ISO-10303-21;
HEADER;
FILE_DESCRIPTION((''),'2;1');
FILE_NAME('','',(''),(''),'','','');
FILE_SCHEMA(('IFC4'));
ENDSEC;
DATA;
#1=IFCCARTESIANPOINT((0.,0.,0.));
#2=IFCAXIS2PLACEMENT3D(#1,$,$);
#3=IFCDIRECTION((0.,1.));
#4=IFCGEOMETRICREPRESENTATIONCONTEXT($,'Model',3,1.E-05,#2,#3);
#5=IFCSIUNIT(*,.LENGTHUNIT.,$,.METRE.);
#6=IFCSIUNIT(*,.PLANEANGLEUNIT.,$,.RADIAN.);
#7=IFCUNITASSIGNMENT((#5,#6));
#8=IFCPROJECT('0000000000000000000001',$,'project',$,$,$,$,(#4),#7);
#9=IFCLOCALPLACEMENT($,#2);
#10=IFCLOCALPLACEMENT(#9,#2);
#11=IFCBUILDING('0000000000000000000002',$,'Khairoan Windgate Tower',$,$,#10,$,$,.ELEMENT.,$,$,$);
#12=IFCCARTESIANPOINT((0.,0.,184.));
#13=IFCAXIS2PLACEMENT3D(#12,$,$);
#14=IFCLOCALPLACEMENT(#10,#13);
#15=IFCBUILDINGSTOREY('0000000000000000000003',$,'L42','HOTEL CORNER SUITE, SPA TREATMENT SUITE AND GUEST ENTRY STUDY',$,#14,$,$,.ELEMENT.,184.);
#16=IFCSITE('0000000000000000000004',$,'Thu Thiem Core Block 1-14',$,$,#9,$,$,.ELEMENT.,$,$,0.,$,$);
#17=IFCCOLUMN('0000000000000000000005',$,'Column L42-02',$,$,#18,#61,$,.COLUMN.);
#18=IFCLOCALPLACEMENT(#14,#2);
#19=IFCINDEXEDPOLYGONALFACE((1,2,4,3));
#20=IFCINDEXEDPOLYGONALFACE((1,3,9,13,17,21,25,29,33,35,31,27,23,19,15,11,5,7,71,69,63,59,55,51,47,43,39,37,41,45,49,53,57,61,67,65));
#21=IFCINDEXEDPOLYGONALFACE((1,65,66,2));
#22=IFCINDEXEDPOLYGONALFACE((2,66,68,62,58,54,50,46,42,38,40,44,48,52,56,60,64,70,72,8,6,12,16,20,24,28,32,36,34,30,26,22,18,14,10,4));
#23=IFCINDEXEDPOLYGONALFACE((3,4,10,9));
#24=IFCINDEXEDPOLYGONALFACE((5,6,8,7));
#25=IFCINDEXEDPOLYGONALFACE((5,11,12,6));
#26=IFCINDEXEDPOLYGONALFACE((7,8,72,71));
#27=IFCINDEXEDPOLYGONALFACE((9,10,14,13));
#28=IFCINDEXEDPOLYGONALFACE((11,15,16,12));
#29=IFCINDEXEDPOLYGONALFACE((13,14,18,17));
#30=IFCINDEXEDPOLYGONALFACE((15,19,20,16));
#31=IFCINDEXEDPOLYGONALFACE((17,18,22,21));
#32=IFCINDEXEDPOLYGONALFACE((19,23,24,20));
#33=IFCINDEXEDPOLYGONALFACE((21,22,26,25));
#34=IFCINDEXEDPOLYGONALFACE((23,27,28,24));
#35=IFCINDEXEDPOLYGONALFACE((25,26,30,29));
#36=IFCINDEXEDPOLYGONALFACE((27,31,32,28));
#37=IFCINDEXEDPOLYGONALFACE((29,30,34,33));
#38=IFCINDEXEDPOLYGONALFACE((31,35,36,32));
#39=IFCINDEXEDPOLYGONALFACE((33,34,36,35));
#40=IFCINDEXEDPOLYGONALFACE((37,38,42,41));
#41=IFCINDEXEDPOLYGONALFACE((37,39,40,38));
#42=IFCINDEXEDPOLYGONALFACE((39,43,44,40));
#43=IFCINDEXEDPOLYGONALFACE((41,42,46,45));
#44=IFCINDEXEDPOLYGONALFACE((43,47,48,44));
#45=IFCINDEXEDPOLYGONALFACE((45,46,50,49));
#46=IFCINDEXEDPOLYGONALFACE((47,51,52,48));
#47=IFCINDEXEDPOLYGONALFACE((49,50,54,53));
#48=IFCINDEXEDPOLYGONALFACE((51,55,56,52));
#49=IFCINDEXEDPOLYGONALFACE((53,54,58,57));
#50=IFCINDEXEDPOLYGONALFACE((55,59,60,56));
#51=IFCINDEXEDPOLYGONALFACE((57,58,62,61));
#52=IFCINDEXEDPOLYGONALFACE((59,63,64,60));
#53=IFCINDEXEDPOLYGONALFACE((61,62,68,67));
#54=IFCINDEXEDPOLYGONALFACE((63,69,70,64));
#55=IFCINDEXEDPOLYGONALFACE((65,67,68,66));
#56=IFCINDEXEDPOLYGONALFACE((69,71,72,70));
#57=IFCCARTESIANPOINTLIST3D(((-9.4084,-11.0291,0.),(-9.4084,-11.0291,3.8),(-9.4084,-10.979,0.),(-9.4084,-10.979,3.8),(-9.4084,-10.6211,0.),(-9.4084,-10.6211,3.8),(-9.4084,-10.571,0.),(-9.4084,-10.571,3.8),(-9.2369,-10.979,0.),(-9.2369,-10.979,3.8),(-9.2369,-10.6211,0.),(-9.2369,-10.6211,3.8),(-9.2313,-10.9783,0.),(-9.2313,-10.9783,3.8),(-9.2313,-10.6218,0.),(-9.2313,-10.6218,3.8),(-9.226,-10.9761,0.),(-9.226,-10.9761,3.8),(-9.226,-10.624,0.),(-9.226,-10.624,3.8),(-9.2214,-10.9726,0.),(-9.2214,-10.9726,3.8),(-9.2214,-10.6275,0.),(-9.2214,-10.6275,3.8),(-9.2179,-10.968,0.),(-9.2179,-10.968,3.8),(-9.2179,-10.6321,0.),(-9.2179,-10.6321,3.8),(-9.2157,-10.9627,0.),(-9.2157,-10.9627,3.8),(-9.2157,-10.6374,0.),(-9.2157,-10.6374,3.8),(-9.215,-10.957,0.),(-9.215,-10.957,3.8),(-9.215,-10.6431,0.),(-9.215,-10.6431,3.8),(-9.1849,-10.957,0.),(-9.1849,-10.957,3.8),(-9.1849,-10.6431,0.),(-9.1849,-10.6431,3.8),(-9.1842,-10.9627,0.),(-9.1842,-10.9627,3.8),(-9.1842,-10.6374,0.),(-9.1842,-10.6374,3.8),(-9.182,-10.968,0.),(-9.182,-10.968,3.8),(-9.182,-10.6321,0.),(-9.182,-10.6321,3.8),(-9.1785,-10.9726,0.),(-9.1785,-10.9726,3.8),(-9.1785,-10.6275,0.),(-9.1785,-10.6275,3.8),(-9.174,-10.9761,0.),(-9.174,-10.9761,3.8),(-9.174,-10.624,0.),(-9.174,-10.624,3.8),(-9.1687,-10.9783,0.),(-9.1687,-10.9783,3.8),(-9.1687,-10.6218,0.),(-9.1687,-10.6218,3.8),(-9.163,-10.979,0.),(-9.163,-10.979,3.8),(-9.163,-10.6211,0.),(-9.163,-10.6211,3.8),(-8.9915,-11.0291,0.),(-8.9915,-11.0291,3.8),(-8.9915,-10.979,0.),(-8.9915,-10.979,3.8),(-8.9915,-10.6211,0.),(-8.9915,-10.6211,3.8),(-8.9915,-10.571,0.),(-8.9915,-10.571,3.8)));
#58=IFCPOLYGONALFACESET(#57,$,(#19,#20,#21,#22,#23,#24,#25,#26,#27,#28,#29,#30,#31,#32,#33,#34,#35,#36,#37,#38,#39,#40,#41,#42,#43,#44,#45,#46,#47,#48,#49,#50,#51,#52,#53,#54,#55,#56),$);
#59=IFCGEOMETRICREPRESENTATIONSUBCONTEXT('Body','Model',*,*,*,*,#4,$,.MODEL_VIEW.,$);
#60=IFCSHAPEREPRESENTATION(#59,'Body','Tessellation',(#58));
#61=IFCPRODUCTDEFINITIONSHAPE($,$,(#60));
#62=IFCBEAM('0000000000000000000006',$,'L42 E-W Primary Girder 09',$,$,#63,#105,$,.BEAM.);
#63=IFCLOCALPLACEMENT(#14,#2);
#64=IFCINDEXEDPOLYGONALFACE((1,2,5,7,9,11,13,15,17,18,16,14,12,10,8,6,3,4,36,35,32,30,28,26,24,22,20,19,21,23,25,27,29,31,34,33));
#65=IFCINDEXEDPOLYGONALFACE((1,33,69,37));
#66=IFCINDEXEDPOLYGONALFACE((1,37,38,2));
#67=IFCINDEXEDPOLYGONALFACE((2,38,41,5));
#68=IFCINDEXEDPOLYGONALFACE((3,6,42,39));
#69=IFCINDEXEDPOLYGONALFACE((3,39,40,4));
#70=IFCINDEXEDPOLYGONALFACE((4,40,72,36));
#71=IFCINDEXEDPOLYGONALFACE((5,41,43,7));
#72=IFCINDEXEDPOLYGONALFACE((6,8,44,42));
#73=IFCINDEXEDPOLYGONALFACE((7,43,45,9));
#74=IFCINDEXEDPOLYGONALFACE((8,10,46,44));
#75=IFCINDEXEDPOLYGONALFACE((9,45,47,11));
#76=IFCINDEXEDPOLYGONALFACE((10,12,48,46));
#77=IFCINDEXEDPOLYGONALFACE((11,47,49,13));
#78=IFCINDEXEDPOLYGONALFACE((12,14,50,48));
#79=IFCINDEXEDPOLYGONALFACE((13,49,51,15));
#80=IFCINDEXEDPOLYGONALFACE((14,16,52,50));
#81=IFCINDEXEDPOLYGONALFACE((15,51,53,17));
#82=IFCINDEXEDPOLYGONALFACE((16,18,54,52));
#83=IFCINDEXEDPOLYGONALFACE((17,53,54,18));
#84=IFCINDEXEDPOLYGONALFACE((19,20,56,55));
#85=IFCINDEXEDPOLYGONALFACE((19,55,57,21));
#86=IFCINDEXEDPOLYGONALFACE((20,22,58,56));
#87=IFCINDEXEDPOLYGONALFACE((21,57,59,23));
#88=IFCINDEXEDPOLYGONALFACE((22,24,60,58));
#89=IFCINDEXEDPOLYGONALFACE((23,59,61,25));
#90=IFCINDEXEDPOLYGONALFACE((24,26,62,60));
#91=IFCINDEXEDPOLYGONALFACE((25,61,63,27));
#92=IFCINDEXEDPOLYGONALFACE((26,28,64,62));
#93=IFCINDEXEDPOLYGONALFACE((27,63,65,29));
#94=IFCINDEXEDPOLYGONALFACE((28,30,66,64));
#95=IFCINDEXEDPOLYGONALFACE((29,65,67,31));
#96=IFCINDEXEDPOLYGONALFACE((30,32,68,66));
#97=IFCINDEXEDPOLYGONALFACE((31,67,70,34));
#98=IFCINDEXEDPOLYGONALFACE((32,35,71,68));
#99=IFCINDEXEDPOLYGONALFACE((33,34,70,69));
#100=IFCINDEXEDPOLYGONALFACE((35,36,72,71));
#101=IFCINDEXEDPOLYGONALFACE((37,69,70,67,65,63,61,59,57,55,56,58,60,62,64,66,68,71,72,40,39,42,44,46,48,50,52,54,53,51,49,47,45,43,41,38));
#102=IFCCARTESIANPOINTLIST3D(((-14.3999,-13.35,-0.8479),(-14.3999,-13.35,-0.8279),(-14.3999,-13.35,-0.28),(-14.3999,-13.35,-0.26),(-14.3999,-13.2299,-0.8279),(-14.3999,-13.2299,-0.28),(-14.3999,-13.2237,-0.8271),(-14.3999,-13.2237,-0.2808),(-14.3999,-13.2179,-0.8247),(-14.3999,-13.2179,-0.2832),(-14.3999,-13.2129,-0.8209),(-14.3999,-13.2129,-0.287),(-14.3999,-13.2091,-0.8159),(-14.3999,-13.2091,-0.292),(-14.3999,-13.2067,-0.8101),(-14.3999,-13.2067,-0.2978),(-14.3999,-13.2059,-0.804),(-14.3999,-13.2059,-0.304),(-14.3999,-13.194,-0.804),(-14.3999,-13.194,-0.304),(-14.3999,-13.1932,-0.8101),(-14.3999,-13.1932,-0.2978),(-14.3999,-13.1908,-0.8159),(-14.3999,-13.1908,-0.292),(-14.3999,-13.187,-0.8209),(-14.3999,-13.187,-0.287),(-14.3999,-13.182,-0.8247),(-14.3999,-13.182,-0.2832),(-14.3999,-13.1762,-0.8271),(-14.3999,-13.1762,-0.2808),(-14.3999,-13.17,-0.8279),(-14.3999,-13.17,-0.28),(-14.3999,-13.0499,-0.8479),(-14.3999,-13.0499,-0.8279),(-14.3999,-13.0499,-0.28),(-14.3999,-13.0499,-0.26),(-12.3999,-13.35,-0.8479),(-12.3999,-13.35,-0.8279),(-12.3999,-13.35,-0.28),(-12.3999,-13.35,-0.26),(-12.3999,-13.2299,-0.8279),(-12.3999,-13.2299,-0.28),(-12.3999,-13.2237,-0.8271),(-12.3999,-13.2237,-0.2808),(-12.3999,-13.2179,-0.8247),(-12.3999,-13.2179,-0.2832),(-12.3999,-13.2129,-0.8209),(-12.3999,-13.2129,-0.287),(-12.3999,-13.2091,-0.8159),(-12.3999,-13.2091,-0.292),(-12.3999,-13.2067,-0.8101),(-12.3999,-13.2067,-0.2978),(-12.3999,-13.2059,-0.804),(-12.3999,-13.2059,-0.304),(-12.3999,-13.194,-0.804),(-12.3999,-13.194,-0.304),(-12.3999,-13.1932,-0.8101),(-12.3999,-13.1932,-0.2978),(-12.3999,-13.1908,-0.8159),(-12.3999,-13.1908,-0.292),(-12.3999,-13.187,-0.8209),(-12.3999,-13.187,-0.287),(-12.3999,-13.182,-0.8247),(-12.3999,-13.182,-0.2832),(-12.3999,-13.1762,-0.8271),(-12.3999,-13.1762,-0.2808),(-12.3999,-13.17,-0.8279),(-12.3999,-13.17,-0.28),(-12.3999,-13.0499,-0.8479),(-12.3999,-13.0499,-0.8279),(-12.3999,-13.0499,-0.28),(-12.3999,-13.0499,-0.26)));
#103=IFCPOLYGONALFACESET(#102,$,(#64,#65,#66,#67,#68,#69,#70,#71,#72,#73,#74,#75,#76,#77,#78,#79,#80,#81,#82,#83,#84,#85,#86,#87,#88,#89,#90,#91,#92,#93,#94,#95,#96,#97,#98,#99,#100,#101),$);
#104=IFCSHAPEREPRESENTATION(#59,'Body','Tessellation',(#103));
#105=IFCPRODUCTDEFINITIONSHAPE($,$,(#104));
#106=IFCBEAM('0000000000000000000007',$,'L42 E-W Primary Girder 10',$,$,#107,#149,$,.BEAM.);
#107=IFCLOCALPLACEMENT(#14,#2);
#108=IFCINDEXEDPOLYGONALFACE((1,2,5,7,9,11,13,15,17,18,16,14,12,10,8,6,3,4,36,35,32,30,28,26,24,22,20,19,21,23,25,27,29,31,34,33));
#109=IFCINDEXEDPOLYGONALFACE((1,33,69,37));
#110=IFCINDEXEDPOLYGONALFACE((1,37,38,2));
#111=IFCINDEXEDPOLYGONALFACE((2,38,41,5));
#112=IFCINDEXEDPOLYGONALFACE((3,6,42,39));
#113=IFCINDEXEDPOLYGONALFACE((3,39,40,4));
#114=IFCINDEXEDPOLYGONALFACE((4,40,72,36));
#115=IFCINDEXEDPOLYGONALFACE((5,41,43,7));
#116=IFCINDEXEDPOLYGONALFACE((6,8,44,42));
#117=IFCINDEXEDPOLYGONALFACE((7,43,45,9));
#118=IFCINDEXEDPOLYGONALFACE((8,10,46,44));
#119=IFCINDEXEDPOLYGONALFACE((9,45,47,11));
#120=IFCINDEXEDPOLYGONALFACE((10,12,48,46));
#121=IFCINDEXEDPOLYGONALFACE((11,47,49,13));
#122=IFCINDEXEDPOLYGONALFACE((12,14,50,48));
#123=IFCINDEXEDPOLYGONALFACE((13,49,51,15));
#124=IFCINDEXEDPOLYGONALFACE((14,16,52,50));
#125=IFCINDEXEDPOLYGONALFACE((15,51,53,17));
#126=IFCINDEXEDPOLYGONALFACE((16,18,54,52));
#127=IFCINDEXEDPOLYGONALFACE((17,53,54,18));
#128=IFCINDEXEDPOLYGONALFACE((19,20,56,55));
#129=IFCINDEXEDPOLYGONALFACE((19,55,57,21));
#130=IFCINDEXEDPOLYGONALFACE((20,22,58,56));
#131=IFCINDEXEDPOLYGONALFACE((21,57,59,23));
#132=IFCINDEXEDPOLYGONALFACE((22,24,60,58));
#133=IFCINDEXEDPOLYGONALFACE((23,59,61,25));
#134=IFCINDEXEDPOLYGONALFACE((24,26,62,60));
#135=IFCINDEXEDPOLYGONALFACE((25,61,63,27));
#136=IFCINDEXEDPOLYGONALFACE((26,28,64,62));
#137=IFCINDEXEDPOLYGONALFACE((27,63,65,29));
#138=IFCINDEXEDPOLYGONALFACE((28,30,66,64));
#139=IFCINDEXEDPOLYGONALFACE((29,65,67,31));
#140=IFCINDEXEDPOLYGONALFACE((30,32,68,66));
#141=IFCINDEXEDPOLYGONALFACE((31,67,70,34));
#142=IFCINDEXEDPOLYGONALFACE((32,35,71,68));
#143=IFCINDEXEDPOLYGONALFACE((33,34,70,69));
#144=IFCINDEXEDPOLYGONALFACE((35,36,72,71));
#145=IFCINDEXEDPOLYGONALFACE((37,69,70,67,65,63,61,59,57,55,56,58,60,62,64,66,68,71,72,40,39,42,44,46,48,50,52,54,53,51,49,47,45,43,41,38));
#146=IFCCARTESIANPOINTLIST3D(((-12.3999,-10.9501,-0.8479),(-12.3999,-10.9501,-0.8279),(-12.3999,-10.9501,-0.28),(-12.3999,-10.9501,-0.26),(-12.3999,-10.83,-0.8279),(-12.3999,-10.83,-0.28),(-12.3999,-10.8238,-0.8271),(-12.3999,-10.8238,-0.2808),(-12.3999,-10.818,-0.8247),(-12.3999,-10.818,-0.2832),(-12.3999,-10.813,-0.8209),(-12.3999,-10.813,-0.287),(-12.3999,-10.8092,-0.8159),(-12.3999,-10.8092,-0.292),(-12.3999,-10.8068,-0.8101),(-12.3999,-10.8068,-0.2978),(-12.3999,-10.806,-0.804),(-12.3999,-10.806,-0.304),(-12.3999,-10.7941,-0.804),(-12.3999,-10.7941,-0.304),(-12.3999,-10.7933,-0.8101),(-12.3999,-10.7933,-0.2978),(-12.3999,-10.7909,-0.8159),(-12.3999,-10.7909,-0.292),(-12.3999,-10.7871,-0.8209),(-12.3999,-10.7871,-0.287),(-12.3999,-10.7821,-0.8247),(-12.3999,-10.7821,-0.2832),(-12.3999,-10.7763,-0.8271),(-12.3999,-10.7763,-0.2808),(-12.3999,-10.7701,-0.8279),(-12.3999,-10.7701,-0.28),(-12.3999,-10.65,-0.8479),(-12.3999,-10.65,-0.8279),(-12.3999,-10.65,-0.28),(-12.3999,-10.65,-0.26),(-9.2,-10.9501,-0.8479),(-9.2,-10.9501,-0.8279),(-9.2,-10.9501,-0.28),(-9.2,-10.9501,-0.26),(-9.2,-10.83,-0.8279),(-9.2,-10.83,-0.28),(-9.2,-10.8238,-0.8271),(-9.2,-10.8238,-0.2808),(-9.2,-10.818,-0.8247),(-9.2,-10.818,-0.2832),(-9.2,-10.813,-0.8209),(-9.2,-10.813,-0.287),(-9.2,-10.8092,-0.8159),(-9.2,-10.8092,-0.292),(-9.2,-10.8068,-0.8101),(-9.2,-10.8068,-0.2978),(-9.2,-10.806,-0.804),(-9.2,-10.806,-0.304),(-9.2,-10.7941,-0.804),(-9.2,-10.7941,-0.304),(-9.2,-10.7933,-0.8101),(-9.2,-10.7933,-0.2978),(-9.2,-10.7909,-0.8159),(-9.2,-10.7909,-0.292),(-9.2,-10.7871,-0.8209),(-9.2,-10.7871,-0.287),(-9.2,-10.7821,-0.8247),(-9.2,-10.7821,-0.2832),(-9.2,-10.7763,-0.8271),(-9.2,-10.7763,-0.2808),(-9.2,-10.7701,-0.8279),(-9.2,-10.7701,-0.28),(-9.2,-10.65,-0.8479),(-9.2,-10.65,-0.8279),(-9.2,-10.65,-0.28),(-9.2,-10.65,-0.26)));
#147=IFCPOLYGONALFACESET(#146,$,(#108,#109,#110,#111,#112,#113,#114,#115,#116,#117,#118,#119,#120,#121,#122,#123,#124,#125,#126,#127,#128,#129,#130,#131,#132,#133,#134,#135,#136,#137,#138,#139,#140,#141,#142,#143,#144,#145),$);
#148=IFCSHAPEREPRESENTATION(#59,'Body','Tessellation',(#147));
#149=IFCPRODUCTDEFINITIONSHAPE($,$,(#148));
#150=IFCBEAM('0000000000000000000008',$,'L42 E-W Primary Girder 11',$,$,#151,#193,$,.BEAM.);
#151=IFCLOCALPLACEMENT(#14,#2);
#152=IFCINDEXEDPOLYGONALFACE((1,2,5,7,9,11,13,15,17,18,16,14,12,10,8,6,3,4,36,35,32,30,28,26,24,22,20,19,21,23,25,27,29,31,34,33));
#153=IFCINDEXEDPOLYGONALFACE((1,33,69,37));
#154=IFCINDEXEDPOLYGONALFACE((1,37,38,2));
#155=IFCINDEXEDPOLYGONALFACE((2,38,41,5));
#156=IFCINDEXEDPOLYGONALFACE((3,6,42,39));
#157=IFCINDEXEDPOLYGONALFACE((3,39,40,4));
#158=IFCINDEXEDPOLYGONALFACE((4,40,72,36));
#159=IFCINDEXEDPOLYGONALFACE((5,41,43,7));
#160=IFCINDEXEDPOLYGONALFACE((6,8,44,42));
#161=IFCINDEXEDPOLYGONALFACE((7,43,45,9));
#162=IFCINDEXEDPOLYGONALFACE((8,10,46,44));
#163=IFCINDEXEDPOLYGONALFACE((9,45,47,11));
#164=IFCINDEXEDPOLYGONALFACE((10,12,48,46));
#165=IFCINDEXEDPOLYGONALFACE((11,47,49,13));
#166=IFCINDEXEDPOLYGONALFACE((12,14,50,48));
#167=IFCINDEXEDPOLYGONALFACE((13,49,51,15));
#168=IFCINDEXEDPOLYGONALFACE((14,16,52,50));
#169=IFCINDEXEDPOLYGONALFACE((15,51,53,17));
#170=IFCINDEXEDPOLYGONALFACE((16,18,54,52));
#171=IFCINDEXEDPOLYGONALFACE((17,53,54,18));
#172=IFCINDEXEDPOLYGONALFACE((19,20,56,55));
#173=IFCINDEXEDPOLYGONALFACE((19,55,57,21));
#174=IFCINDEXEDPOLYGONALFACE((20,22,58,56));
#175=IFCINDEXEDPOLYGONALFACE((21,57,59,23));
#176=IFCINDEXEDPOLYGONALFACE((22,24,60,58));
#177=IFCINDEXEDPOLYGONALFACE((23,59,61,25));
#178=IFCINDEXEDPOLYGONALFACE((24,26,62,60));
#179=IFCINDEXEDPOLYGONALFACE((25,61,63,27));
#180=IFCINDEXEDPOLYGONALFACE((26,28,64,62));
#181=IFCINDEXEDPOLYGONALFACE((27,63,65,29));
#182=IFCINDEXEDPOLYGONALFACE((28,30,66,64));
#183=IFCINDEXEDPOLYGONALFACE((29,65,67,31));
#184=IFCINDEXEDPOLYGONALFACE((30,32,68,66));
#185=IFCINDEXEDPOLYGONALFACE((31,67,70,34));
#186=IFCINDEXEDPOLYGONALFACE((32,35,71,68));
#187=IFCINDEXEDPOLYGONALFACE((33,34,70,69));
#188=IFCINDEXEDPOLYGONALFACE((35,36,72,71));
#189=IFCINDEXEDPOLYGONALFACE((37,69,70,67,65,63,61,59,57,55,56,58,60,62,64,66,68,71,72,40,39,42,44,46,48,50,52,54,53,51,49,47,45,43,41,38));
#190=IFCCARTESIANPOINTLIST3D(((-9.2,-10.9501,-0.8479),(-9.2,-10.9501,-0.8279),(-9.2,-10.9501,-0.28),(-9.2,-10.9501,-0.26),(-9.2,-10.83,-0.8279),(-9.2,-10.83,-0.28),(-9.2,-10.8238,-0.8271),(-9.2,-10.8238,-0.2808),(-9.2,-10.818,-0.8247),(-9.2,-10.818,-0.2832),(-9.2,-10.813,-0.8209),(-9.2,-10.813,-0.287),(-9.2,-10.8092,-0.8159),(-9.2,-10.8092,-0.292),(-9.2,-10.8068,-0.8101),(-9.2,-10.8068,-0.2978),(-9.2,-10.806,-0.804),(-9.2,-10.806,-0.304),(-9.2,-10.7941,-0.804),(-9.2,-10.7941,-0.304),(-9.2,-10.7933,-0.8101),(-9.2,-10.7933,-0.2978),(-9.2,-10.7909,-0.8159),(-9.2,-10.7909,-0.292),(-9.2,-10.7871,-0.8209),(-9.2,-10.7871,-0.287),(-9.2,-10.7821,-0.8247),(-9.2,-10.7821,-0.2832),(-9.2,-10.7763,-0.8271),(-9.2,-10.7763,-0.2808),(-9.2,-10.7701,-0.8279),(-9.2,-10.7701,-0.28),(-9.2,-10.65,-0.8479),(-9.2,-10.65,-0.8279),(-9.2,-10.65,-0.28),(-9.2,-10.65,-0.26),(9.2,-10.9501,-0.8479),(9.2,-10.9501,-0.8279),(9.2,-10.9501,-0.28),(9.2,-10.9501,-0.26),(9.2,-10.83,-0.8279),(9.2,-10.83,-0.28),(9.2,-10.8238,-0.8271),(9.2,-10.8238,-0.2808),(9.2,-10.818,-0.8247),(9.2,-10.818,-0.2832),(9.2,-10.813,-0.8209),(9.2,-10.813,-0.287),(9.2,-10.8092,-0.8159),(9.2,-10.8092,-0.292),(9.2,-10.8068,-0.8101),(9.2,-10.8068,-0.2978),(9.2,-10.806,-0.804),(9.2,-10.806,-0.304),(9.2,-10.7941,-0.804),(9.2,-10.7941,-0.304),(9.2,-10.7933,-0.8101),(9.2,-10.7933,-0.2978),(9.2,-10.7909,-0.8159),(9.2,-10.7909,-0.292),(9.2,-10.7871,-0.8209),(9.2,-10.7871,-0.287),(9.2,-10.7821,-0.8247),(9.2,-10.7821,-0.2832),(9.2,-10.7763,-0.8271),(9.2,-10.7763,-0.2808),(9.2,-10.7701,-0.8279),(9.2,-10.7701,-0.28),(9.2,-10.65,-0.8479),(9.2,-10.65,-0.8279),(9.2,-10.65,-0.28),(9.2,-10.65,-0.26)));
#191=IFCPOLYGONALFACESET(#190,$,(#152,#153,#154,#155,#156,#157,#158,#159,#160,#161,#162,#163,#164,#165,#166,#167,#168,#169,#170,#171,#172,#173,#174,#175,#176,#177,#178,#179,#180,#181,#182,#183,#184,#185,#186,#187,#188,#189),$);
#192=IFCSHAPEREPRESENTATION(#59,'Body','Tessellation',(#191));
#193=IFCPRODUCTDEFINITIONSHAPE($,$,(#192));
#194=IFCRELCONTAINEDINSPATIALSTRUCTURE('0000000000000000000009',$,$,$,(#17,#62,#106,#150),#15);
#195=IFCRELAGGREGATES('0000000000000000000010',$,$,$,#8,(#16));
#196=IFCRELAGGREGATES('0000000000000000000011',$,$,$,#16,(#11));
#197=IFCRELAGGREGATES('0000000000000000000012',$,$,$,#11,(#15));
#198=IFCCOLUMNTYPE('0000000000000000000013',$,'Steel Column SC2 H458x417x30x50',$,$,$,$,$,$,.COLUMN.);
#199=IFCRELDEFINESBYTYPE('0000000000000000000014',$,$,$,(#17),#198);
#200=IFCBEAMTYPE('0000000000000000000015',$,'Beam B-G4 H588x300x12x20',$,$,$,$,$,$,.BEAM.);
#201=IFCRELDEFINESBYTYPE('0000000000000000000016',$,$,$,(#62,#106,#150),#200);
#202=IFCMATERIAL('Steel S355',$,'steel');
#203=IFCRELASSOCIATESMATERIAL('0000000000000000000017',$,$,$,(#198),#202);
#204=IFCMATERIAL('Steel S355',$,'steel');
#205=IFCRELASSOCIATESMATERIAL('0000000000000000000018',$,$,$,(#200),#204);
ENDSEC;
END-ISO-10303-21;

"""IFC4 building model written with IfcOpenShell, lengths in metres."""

from ifc_helpers import new_model, si_unit, direction, frame, origin, origin_2d, place, context, subcontext, project, spatial, i_section, extrude, material, material_profile, profile_set, type_object, element, save


model = new_model("IFC4")

# Units and contexts
model_context = context("Model", 3, precision=1e-05, world=origin(), true_north=direction((0.0, 1.0)))
body_context = subcontext(model_context, "Body", "Model", "MODEL_VIEW")
ifc_project = project(units=[si_unit("LENGTHUNIT", "METRE"), si_unit("PLANEANGLEUNIT", "RADIAN")], contexts=[model_context])

# Site, building, storey
site_placement = place(None, origin())
site = spatial("IfcSite", under=ifc_project, at=site_placement, Name="Thu Thiem Core Block 1-14", CompositionType="ELEMENT", RefElevation=0.0)
building_placement = place(site_placement, origin())
building = spatial("IfcBuilding", under=site, at=building_placement, Name="Khairoan Windgate Tower", CompositionType="ELEMENT")
storey_placement = place(building_placement, frame((0.0, 0.0, 184.0)))
storey = spatial("IfcBuildingStorey", under=building, at=storey_placement, Name="L42", Description="HOTEL CORNER SUITE, SPA TREATMENT SUITE AND GUEST ENTRY STUDY", CompositionType="ELEMENT", Elevation=184.0)

# Column
ifc_material_1 = material(Name="Steel S355", Category="steel")
ifc_material_profile_1 = material_profile(ifc_material_1, i_section(OverallWidth=0.417, OverallDepth=0.458, WebThickness=0.03, FlangeThickness=0.05, FilletRadius=0.022, at=origin_2d()))
ifc_profile_set_1 = profile_set([ifc_material_profile_1], Name="Steel S355")
column_type = type_object("IfcColumnType", Name="Steel Column SC2 H458x417x30x50", PredefinedType="COLUMN", material=ifc_profile_set_1)
column_placement = place(storey_placement, frame((-9.2, -10.8, 0.0), z_axis=(0.0, 0.0, 1.0), x_axis=(1.0, 0.0, 0.0)))
element("IfcColumn", 1, at=column_placement, inside=storey, type_object=column_type, Name="Column L42-02", PredefinedType="COLUMN", context=body_context, shape_type="SweptSolid", body=[
    extrude(i_section(OverallWidth=0.417, OverallDepth=0.458, WebThickness=0.03, FlangeThickness=0.05, FilletRadius=0.022, at=origin_2d()), origin(), (0.0, 0.0, 1.0), 3.8),
])

# Beams
ifc_material_2 = material(Name="Steel S355", Category="steel")
ifc_material_profile_2 = material_profile(ifc_material_2, i_section(OverallWidth=0.3, OverallDepth=0.5879, WebThickness=0.012, FlangeThickness=0.02, FilletRadius=0.0239, at=origin_2d()))
ifc_profile_set_2 = profile_set([ifc_material_profile_2], Name="Steel S355")
beam_type_1 = type_object("IfcBeamType", Name="Beam B-G4 H588x300x12x20", PredefinedType="BEAM", material=ifc_profile_set_2)
beam_1_placement = place(storey_placement, frame((-14.3999, -13.2, -0.554), z_axis=(1.0, 0.0, 0.0), x_axis=(0.0, 1.0, 0.0)))
element("IfcBeam", 2, at=beam_1_placement, inside=storey, type_object=beam_type_1, Name="L42 E-W Primary Girder 09", PredefinedType="BEAM", context=body_context, shape_type="SweptSolid", body=[
    extrude(i_section(OverallWidth=0.3, OverallDepth=0.5879, WebThickness=0.012, FlangeThickness=0.02, FilletRadius=0.0239, at=origin_2d()), origin(), (0.0, 0.0, 1.0), 2.0),
])
beam_2_placement = place(storey_placement, frame((-12.3999, -10.8, -0.554), z_axis=(1.0, 0.0, 0.0), x_axis=(0.0, 1.0, 0.0)))
element("IfcBeam", 3, at=beam_2_placement, inside=storey, type_object=beam_type_1, Name="L42 E-W Primary Girder 10", PredefinedType="BEAM", context=body_context, shape_type="SweptSolid", body=[
    extrude(i_section(OverallWidth=0.3, OverallDepth=0.5879, WebThickness=0.012, FlangeThickness=0.02, FilletRadius=0.0239, at=origin_2d()), origin(), (0.0, 0.0, 1.0), 3.2),
])
beam_3_placement = place(storey_placement, frame((-9.2, -10.8, -0.554), z_axis=(1.0, 0.0, 0.0), x_axis=(0.0, 1.0, 0.0)))
element("IfcBeam", 4, at=beam_3_placement, inside=storey, type_object=beam_type_1, Name="L42 E-W Primary Girder 11", PredefinedType="BEAM", context=body_context, shape_type="SweptSolid", body=[
    extrude(i_section(OverallWidth=0.3, OverallDepth=0.5879, WebThickness=0.012, FlangeThickness=0.02, FilletRadius=0.0239, at=origin_2d()), origin(), (0.0, 0.0, 1.0), 18.3999),
])

save(model, "model.ifc")
